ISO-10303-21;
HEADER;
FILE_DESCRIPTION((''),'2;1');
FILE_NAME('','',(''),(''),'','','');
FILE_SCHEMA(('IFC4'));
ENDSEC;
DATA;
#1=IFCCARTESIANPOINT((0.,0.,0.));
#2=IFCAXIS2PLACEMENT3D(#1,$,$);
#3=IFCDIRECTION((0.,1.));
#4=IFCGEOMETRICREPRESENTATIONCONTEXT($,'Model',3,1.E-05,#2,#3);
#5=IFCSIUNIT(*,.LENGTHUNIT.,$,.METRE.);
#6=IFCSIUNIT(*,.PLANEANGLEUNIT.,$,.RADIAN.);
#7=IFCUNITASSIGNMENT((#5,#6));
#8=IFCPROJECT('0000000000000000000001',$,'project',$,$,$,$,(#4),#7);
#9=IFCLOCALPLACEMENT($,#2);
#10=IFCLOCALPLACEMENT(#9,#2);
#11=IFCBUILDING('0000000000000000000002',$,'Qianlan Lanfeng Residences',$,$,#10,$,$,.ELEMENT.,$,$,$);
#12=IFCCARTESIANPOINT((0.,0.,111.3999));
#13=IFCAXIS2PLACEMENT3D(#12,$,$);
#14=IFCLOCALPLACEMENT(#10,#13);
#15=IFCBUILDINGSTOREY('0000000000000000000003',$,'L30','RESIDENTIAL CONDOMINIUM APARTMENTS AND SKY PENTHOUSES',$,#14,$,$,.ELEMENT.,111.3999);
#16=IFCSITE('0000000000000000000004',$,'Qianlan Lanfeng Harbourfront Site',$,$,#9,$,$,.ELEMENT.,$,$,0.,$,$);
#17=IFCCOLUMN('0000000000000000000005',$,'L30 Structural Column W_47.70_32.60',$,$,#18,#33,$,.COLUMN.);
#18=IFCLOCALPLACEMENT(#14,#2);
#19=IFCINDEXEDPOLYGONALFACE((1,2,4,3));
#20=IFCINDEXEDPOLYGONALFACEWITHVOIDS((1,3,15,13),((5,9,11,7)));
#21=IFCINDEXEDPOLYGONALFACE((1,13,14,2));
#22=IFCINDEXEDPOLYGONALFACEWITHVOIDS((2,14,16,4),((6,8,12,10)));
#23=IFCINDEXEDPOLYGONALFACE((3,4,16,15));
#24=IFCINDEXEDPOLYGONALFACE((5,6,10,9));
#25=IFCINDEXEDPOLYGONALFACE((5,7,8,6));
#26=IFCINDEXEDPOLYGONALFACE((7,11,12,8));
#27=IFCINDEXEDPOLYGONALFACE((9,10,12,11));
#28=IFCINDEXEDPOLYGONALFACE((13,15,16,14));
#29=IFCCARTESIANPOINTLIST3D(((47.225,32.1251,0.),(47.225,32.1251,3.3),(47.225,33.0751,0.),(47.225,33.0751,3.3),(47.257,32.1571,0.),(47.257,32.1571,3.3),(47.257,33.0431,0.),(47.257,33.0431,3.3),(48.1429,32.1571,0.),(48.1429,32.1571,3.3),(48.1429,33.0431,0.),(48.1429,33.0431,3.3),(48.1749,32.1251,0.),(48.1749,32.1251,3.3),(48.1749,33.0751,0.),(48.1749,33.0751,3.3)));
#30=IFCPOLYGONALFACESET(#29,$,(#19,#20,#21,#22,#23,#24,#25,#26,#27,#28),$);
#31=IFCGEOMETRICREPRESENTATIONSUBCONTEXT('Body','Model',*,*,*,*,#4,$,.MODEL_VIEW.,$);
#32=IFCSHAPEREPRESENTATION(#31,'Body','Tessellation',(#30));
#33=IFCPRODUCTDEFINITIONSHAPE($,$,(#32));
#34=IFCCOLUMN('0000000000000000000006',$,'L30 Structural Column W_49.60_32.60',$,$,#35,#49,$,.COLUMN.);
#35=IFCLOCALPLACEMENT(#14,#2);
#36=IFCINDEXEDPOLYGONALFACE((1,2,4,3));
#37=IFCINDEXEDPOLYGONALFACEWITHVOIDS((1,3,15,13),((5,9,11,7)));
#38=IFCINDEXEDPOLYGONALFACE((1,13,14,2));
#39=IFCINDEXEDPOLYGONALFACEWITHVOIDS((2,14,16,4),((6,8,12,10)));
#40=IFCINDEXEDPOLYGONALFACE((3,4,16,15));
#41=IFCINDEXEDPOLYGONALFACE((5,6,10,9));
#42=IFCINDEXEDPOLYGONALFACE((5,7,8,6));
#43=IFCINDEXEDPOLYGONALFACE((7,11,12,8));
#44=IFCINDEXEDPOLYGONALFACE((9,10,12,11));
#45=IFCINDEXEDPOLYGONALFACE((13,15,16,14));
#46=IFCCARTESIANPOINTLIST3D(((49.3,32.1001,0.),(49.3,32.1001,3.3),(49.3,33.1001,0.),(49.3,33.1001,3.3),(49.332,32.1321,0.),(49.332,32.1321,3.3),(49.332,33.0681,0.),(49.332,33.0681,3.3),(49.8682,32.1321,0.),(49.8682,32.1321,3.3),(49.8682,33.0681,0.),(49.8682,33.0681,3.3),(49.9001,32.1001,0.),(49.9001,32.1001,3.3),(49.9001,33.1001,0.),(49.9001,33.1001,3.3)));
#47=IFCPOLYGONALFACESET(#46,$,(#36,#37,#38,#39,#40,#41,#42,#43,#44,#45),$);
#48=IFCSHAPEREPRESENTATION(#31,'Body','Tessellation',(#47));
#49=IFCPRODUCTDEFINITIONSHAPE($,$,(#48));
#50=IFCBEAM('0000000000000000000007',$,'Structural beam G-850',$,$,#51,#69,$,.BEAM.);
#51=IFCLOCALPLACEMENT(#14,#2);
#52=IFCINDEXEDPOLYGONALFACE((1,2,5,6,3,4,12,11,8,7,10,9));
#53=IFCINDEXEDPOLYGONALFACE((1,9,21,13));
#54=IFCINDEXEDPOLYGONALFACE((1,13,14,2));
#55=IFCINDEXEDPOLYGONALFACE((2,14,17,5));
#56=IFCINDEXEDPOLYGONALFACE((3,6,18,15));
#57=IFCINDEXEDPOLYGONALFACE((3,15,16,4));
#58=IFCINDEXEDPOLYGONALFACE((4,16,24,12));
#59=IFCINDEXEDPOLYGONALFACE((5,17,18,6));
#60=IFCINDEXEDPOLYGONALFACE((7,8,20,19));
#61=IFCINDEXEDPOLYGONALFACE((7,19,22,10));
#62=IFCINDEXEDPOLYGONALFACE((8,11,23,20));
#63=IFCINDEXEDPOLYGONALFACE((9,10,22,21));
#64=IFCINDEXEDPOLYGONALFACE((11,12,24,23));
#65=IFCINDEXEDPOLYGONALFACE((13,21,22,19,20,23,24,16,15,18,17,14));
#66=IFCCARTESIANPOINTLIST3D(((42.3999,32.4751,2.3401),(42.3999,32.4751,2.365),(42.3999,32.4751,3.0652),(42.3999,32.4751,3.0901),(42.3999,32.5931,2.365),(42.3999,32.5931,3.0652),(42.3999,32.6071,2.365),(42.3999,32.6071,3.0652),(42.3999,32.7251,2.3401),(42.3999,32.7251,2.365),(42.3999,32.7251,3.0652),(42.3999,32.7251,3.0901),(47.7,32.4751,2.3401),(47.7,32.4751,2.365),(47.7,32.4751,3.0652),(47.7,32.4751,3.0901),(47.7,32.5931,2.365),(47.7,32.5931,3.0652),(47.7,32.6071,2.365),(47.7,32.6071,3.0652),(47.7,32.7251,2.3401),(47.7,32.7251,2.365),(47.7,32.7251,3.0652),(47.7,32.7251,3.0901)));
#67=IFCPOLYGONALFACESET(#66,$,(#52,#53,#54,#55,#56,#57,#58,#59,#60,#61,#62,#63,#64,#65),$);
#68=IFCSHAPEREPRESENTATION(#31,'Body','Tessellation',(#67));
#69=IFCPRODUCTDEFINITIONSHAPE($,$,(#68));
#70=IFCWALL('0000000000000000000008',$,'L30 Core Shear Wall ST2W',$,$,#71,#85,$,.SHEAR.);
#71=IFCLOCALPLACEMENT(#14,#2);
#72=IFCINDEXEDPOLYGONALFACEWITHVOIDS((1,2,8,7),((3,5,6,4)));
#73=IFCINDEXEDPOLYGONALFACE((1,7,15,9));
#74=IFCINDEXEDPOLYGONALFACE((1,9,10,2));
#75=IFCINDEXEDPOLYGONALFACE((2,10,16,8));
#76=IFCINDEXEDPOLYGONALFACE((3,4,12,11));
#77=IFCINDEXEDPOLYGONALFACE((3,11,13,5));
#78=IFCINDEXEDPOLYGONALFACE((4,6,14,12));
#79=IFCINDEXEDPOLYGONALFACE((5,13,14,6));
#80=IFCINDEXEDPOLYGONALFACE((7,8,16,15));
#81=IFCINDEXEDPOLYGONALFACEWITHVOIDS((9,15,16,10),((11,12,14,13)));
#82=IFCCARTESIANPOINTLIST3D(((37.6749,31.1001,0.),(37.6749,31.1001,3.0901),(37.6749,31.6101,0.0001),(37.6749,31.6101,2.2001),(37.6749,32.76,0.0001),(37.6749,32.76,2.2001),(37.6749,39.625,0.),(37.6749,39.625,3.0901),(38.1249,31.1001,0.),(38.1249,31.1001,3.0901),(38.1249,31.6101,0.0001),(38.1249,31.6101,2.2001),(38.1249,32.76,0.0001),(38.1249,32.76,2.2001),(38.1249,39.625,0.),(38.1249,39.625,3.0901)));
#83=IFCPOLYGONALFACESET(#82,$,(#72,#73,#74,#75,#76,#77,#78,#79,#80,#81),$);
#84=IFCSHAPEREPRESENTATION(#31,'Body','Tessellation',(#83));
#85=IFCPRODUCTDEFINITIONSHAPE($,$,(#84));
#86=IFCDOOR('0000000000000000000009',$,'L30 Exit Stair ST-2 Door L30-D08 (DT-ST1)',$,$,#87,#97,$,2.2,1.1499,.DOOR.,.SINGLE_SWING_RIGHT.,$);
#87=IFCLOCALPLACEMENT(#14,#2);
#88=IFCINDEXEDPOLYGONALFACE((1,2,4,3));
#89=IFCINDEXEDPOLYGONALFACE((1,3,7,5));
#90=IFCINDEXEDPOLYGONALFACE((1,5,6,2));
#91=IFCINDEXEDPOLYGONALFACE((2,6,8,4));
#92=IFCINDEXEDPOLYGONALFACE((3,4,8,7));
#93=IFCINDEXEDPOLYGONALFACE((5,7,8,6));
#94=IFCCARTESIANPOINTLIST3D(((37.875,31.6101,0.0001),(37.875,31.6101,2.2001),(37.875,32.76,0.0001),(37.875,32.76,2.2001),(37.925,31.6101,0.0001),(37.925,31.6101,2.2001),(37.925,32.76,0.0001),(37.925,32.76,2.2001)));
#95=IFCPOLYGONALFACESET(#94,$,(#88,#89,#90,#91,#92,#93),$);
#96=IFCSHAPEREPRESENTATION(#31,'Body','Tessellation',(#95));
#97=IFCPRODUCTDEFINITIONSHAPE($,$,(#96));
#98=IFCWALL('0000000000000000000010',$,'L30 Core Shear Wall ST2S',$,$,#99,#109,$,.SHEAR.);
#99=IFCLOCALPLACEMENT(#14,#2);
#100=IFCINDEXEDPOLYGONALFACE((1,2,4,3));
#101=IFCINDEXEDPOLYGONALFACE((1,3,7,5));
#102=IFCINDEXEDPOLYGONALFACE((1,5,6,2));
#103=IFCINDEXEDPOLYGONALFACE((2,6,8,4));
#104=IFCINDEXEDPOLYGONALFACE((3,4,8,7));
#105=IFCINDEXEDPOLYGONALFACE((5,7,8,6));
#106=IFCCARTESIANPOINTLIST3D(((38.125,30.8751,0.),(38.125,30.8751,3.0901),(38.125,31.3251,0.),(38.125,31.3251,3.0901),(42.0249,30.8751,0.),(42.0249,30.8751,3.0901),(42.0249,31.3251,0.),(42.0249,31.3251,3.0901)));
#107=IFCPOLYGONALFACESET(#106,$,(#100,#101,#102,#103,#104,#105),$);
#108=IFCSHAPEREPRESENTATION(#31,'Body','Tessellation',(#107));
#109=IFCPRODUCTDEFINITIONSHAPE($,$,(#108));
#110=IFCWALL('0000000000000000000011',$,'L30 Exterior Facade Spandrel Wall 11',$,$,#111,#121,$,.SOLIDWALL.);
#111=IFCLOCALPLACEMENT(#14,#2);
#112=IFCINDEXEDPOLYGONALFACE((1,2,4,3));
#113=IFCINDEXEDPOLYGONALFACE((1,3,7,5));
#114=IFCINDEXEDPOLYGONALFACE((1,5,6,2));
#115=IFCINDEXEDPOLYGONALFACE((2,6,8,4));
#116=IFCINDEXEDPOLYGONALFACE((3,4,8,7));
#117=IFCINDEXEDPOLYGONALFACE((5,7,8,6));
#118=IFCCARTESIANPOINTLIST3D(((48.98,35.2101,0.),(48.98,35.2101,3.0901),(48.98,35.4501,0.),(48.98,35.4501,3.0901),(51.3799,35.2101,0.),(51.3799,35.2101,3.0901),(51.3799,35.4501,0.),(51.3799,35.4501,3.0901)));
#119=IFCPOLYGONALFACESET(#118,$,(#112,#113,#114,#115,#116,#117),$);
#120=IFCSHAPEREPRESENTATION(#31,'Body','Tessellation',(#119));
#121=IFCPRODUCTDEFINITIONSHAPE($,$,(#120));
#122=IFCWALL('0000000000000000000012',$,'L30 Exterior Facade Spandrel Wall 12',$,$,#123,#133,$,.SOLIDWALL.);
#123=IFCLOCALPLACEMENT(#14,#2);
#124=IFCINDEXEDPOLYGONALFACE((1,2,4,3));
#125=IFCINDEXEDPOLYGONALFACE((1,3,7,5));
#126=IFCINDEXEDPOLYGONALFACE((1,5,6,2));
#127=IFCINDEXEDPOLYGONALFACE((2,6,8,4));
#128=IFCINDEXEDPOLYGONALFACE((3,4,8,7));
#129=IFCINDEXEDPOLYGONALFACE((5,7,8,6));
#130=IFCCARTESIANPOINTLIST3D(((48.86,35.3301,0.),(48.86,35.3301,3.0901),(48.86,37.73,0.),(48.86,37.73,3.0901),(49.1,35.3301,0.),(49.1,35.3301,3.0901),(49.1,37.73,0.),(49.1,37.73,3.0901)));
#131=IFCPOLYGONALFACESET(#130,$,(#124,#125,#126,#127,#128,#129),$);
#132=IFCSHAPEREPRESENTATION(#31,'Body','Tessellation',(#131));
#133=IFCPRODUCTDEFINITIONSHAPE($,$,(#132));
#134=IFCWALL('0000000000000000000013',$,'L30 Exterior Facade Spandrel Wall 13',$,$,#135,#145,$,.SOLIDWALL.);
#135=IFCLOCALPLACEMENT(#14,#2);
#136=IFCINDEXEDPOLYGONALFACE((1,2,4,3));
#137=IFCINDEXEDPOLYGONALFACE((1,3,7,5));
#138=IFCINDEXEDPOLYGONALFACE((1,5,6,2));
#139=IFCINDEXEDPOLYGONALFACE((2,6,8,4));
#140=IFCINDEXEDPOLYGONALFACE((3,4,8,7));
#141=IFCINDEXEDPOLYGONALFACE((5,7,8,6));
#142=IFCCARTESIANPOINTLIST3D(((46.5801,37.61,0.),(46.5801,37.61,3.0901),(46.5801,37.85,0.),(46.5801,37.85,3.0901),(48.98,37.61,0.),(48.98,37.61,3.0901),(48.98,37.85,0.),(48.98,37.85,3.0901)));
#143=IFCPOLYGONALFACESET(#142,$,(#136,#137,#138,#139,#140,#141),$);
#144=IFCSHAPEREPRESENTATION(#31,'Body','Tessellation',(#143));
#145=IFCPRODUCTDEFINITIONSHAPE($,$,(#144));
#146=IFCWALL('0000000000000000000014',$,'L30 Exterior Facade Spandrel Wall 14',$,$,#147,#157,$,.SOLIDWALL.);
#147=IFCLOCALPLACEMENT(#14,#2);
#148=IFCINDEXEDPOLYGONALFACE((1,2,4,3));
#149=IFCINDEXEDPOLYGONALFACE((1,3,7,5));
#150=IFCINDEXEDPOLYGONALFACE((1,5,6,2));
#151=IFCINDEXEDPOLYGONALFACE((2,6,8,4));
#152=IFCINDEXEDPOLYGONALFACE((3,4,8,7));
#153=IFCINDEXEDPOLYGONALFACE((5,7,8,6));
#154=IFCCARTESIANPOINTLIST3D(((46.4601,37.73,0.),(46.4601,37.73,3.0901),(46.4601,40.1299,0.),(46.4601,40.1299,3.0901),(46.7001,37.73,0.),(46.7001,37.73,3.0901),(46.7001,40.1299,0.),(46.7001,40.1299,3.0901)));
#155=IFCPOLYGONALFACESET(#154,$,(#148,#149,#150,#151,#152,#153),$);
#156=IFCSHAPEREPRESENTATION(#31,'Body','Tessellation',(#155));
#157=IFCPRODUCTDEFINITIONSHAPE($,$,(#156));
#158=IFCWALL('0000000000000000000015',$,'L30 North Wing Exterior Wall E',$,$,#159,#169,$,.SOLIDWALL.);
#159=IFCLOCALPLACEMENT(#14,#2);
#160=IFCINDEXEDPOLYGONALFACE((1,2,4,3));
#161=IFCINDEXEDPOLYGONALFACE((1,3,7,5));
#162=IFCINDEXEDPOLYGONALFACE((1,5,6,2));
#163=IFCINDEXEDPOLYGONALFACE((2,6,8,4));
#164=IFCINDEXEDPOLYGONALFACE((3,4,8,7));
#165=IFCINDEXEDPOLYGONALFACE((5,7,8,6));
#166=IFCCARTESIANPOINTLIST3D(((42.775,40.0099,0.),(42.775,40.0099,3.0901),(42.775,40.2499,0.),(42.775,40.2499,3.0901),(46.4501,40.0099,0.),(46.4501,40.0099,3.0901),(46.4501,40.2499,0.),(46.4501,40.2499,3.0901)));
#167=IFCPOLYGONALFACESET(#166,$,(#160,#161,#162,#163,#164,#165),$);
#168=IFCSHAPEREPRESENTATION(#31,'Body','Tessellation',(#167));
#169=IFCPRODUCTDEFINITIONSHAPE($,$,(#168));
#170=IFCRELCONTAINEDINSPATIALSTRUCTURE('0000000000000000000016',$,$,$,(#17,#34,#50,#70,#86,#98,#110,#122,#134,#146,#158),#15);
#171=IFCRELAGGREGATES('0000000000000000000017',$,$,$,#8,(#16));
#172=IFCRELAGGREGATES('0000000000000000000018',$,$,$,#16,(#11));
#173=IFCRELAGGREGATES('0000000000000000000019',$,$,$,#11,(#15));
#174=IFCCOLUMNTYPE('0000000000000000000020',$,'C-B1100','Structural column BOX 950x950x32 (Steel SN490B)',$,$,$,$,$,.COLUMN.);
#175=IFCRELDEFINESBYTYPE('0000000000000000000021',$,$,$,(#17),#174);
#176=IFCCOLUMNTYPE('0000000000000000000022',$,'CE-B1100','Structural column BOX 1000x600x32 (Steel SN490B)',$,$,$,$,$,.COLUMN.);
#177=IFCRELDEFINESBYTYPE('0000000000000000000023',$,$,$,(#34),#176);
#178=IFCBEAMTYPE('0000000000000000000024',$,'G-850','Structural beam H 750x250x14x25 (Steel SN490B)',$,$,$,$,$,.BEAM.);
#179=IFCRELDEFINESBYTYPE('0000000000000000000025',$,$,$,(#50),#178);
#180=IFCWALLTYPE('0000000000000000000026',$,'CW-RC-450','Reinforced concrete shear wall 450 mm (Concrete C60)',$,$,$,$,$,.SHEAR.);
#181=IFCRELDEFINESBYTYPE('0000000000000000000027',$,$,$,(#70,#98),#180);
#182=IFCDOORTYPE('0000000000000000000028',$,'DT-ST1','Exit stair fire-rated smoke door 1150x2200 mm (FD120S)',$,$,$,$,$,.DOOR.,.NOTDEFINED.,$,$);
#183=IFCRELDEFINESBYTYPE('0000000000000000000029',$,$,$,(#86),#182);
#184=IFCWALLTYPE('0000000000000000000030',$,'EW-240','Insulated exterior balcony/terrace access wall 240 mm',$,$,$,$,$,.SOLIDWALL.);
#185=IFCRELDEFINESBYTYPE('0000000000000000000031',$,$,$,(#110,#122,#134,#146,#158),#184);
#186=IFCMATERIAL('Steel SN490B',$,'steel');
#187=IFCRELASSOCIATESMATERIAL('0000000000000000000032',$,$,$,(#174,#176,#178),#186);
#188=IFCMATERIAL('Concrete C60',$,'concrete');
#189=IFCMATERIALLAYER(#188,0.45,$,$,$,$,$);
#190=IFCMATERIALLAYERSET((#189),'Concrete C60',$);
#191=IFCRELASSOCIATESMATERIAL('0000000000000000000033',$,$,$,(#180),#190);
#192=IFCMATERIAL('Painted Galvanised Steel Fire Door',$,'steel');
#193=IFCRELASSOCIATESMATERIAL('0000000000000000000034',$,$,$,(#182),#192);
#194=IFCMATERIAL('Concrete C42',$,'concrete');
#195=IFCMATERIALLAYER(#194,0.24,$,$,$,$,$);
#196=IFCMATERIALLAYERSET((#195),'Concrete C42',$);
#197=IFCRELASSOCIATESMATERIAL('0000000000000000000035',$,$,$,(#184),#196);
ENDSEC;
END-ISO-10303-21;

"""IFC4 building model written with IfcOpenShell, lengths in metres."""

from ifc_helpers import new_model, si_unit, direction, frame, frame_2d, origin, origin_2d, place, context, subcontext, project, spatial, rectangle, hollow_rectangle, i_section, extrude, material, layer, layer_set, material_profile, profile_set, type_object, element, fill, save


model = new_model("IFC4")

# Units and contexts
model_context = context("Model", 3, precision=1e-05, world=origin(), true_north=direction((0.0, 1.0)))
body_context = subcontext(model_context, "Body", "Model", "MODEL_VIEW")
ifc_project = project(units=[si_unit("LENGTHUNIT", "METRE"), si_unit("PLANEANGLEUNIT", "RADIAN")], contexts=[model_context])

# Site, building, storey
site_placement = place(None, origin())
site = spatial("IfcSite", under=ifc_project, at=site_placement, Name="Qianlan Lanfeng Harbourfront Site", CompositionType="ELEMENT", RefElevation=0.0)
building_placement = place(site_placement, origin())
building = spatial("IfcBuilding", under=site, at=building_placement, Name="Qianlan Lanfeng Residences", CompositionType="ELEMENT")
storey_placement = place(building_placement, frame((0.0, 0.0, 111.3999)))
storey = spatial("IfcBuildingStorey", under=building, at=storey_placement, Name="L30", Description="RESIDENTIAL CONDOMINIUM APARTMENTS AND SKY PENTHOUSES", CompositionType="ELEMENT", Elevation=111.3999)

# Columns
ifc_material_1 = material(Name="Steel SN490B", Category="steel")
ifc_material_profile_1 = material_profile(ifc_material_1, hollow_rectangle(XDim=0.95, YDim=0.95, WallThickness=0.032, at=origin_2d()), Name="BOX 950x950x32")
ifc_profile_set_1 = profile_set([ifc_material_profile_1], Name="Steel SN490B")
column_type_1 = type_object("IfcColumnType", Name="C-B1100", Description="Structural column BOX 950x950x32 (Steel SN490B)", PredefinedType="COLUMN", material=ifc_profile_set_1)
column_1_placement = place(storey_placement, frame((47.7, 32.6001, 0.0), z_axis=(0.0, 0.0, 1.0), x_axis=(1.0, 0.0, 0.0)))
element("IfcColumn", 1, at=column_1_placement, inside=storey, type_object=column_type_1, Name="L30 Structural Column W_47.70_32.60", PredefinedType="COLUMN", context=body_context, shape_type="SweptSolid", body=[
    extrude(hollow_rectangle(XDim=0.95, YDim=0.95, WallThickness=0.032, at=origin_2d()), origin(), (0.0, 0.0, 1.0), 3.3),
])
ifc_material_profile_2 = material_profile(ifc_material_1, hollow_rectangle(XDim=0.6001, YDim=1.0, WallThickness=0.032, at=origin_2d()), Name="BOX 1000x600x32")
ifc_profile_set_2 = profile_set([ifc_material_profile_2], Name="Steel SN490B")
column_type_2 = type_object("IfcColumnType", Name="CE-B1100", Description="Structural column BOX 1000x600x32 (Steel SN490B)", PredefinedType="COLUMN", material=ifc_profile_set_2)
column_2_placement = place(storey_placement, frame((49.6001, 32.6001, 0.0), z_axis=(0.0, 0.0, 1.0), x_axis=(1.0, 0.0, 0.0)))
element("IfcColumn", 2, at=column_2_placement, inside=storey, type_object=column_type_2, Name="L30 Structural Column W_49.60_32.60", PredefinedType="COLUMN", context=body_context, shape_type="SweptSolid", body=[
    extrude(hollow_rectangle(XDim=0.6001, YDim=1.0, WallThickness=0.032, at=origin_2d()), origin(), (0.0, 0.0, 1.0), 3.3),
])

# Beam
ifc_material_profile_3 = material_profile(ifc_material_1, i_section(OverallWidth=0.25, OverallDepth=0.75, WebThickness=0.0139, FlangeThickness=0.0249, at=origin_2d()), Name="H 750x250x14x25")
ifc_profile_set_3 = profile_set([ifc_material_profile_3], Name="Steel SN490B")
beam_type = type_object("IfcBeamType", Name="G-850", Description="Structural beam H 750x250x14x25 (Steel SN490B)", PredefinedType="BEAM", material=ifc_profile_set_3)
beam_placement = place(storey_placement, frame((42.3999, 32.6001, 2.7151), z_axis=(1.0, 0.0, 0.0), x_axis=(0.0, 1.0, 0.0)))
element("IfcBeam", 3, at=beam_placement, inside=storey, type_object=beam_type, Name="Structural beam G-850", PredefinedType="BEAM", context=body_context, shape_type="SweptSolid", body=[
    extrude(i_section(OverallWidth=0.25, OverallDepth=0.75, WebThickness=0.0139, FlangeThickness=0.0249, at=origin_2d()), origin(), (0.0, 0.0, 1.0), 5.3),
])

# Wall, opening, door
ifc_material_2 = material(Name="Concrete C60", Category="concrete")
ifc_layer_1 = layer(ifc_material_2, 0.45)
ifc_layer_set_1 = layer_set([ifc_layer_1], Name="Concrete C60")
wall_type_1 = type_object("IfcWallType", Name="CW-RC-450", Description="Reinforced concrete shear wall 450 mm (Concrete C60)", PredefinedType="SHEAR", material=ifc_layer_set_1)
wall_1_placement = place(storey_placement, frame((37.8999, 31.1001, 0.0), z_axis=(0.0, 0.0, 1.0), x_axis=(0.0, 1.0, 0.0)))
wall_1 = element("IfcWall", 4, at=wall_1_placement, inside=storey, type_object=wall_type_1, Name="L30 Core Shear Wall ST2W", PredefinedType="SHEAR", context=body_context, shape_type="SweptSolid", body=[
    extrude(rectangle(XDim=8.5249, YDim=0.45, at=frame_2d((4.2625, 0.0))), origin(), (0.0, 0.0, 1.0), 3.0901),
])
opening_1_placement = place(wall_1_placement, frame((0.51, 0.0, 0.0)))
opening_1 = element("IfcOpeningElement", 5, at=opening_1_placement, cuts=wall_1, PredefinedType="OPENING", context=body_context, shape_type="SweptSolid", body=[
    extrude(rectangle(XDim=1.1499, YDim=2.2, at=frame_2d((0.575, 1.1001))), frame((0.0, 0.2349, 0.0), z_axis=(0.0, -1.0, 0.0), x_axis=(1.0, 0.0, 0.0)), (0.0, 0.0, 1.0), 0.47),
])
ifc_material_3 = material(Name="Painted Galvanised Steel Fire Door", Category="steel")
door_type_1 = type_object("IfcDoorType", Name="DT-ST1", Description="Exit stair fire-rated smoke door 1150x2200 mm (FD120S)", OperationType="NOTDEFINED", PredefinedType="DOOR", material=ifc_material_3)
door_1_placement = place(opening_1_placement, origin())
door_1 = element("IfcDoor", 6, at=door_1_placement, inside=storey, type_object=door_type_1, Name="L30 Exit Stair ST-2 Door L30-D08 (DT-ST1)", OperationType="SINGLE_SWING_RIGHT", OverallHeight=2.2, OverallWidth=1.1499, PredefinedType="DOOR", context=body_context, shape_type="SweptSolid", body=[
    extrude(rectangle(XDim=1.1499, YDim=2.2, at=frame_2d((0.575, 1.1001))), frame((0.0, 0.0249, 0.0), z_axis=(0.0, -1.0, 0.0), x_axis=(1.0, 0.0, 0.0)), (0.0, 0.0, 1.0), 0.05),
])
fill(opening_1, door_1)

# Walls
wall_2_placement = place(storey_placement, frame((38.125, 31.1001, 0.0), z_axis=(0.0, 0.0, 1.0), x_axis=(1.0, 0.0, 0.0)))
element("IfcWall", 7, at=wall_2_placement, inside=storey, type_object=wall_type_1, Name="L30 Core Shear Wall ST2S", PredefinedType="SHEAR", context=body_context, shape_type="SweptSolid", body=[
    extrude(rectangle(XDim=3.8999, YDim=0.45, at=frame_2d((1.95, 0.0))), origin(), (0.0, 0.0, 1.0), 3.0901),
])
ifc_material_4 = material(Name="Concrete C42", Category="concrete")
ifc_layer_2 = layer(ifc_material_4, 0.24)
ifc_layer_set_2 = layer_set([ifc_layer_2], Name="Concrete C42")
wall_type_2 = type_object("IfcWallType", Name="EW-240", Description="Insulated exterior balcony/terrace access wall 240 mm", PredefinedType="SOLIDWALL", material=ifc_layer_set_2)
for number, where, z_axis, x_axis, name in (
    (8, (51.3799, 35.3301, 0.0), (0.0, 0.0, 1.0), (-1.0, 0.0, 0.0), "L30 Exterior Facade Spandrel Wall 11"),
    (9, (48.98, 35.3301, 0.0), (0.0, 0.0, 1.0), (0.0, 1.0, 0.0), "L30 Exterior Facade Spandrel Wall 12"),
    (10, (48.98, 37.73, 0.0), (0.0, 0.0, 1.0), (-1.0, 0.0, 0.0), "L30 Exterior Facade Spandrel Wall 13"),
    (11, (46.5801, 37.73, 0.0), (0.0, 0.0, 1.0), (0.0, 1.0, 0.0), "L30 Exterior Facade Spandrel Wall 14"),
):
    element("IfcWall", number, at=place(storey_placement, frame(where, z_axis=z_axis, x_axis=x_axis)), inside=storey, type_object=wall_type_2, Name=name, PredefinedType="SOLIDWALL", context=body_context, shape_type="SweptSolid", body=[
        extrude(rectangle(XDim=2.3999, YDim=0.24, at=frame_2d((1.2, 0.0))), origin(), (0.0, 0.0, 1.0), 3.0901),
    ])
wall_3_placement = place(storey_placement, frame((46.45, 40.1299, 0.0), z_axis=(0.0, 0.0, 1.0), x_axis=(-1.0, 0.0, 0.0)))
element("IfcWall", 12, at=wall_3_placement, inside=storey, type_object=wall_type_2, Name="L30 North Wing Exterior Wall E", PredefinedType="SOLIDWALL", context=body_context, shape_type="SweptSolid", body=[
    extrude(rectangle(XDim=3.675, YDim=0.24, at=frame_2d((1.8374, 0.0))), origin(), (0.0, 0.0, 1.0), 3.0901),
])

save(model, "model.ifc")
